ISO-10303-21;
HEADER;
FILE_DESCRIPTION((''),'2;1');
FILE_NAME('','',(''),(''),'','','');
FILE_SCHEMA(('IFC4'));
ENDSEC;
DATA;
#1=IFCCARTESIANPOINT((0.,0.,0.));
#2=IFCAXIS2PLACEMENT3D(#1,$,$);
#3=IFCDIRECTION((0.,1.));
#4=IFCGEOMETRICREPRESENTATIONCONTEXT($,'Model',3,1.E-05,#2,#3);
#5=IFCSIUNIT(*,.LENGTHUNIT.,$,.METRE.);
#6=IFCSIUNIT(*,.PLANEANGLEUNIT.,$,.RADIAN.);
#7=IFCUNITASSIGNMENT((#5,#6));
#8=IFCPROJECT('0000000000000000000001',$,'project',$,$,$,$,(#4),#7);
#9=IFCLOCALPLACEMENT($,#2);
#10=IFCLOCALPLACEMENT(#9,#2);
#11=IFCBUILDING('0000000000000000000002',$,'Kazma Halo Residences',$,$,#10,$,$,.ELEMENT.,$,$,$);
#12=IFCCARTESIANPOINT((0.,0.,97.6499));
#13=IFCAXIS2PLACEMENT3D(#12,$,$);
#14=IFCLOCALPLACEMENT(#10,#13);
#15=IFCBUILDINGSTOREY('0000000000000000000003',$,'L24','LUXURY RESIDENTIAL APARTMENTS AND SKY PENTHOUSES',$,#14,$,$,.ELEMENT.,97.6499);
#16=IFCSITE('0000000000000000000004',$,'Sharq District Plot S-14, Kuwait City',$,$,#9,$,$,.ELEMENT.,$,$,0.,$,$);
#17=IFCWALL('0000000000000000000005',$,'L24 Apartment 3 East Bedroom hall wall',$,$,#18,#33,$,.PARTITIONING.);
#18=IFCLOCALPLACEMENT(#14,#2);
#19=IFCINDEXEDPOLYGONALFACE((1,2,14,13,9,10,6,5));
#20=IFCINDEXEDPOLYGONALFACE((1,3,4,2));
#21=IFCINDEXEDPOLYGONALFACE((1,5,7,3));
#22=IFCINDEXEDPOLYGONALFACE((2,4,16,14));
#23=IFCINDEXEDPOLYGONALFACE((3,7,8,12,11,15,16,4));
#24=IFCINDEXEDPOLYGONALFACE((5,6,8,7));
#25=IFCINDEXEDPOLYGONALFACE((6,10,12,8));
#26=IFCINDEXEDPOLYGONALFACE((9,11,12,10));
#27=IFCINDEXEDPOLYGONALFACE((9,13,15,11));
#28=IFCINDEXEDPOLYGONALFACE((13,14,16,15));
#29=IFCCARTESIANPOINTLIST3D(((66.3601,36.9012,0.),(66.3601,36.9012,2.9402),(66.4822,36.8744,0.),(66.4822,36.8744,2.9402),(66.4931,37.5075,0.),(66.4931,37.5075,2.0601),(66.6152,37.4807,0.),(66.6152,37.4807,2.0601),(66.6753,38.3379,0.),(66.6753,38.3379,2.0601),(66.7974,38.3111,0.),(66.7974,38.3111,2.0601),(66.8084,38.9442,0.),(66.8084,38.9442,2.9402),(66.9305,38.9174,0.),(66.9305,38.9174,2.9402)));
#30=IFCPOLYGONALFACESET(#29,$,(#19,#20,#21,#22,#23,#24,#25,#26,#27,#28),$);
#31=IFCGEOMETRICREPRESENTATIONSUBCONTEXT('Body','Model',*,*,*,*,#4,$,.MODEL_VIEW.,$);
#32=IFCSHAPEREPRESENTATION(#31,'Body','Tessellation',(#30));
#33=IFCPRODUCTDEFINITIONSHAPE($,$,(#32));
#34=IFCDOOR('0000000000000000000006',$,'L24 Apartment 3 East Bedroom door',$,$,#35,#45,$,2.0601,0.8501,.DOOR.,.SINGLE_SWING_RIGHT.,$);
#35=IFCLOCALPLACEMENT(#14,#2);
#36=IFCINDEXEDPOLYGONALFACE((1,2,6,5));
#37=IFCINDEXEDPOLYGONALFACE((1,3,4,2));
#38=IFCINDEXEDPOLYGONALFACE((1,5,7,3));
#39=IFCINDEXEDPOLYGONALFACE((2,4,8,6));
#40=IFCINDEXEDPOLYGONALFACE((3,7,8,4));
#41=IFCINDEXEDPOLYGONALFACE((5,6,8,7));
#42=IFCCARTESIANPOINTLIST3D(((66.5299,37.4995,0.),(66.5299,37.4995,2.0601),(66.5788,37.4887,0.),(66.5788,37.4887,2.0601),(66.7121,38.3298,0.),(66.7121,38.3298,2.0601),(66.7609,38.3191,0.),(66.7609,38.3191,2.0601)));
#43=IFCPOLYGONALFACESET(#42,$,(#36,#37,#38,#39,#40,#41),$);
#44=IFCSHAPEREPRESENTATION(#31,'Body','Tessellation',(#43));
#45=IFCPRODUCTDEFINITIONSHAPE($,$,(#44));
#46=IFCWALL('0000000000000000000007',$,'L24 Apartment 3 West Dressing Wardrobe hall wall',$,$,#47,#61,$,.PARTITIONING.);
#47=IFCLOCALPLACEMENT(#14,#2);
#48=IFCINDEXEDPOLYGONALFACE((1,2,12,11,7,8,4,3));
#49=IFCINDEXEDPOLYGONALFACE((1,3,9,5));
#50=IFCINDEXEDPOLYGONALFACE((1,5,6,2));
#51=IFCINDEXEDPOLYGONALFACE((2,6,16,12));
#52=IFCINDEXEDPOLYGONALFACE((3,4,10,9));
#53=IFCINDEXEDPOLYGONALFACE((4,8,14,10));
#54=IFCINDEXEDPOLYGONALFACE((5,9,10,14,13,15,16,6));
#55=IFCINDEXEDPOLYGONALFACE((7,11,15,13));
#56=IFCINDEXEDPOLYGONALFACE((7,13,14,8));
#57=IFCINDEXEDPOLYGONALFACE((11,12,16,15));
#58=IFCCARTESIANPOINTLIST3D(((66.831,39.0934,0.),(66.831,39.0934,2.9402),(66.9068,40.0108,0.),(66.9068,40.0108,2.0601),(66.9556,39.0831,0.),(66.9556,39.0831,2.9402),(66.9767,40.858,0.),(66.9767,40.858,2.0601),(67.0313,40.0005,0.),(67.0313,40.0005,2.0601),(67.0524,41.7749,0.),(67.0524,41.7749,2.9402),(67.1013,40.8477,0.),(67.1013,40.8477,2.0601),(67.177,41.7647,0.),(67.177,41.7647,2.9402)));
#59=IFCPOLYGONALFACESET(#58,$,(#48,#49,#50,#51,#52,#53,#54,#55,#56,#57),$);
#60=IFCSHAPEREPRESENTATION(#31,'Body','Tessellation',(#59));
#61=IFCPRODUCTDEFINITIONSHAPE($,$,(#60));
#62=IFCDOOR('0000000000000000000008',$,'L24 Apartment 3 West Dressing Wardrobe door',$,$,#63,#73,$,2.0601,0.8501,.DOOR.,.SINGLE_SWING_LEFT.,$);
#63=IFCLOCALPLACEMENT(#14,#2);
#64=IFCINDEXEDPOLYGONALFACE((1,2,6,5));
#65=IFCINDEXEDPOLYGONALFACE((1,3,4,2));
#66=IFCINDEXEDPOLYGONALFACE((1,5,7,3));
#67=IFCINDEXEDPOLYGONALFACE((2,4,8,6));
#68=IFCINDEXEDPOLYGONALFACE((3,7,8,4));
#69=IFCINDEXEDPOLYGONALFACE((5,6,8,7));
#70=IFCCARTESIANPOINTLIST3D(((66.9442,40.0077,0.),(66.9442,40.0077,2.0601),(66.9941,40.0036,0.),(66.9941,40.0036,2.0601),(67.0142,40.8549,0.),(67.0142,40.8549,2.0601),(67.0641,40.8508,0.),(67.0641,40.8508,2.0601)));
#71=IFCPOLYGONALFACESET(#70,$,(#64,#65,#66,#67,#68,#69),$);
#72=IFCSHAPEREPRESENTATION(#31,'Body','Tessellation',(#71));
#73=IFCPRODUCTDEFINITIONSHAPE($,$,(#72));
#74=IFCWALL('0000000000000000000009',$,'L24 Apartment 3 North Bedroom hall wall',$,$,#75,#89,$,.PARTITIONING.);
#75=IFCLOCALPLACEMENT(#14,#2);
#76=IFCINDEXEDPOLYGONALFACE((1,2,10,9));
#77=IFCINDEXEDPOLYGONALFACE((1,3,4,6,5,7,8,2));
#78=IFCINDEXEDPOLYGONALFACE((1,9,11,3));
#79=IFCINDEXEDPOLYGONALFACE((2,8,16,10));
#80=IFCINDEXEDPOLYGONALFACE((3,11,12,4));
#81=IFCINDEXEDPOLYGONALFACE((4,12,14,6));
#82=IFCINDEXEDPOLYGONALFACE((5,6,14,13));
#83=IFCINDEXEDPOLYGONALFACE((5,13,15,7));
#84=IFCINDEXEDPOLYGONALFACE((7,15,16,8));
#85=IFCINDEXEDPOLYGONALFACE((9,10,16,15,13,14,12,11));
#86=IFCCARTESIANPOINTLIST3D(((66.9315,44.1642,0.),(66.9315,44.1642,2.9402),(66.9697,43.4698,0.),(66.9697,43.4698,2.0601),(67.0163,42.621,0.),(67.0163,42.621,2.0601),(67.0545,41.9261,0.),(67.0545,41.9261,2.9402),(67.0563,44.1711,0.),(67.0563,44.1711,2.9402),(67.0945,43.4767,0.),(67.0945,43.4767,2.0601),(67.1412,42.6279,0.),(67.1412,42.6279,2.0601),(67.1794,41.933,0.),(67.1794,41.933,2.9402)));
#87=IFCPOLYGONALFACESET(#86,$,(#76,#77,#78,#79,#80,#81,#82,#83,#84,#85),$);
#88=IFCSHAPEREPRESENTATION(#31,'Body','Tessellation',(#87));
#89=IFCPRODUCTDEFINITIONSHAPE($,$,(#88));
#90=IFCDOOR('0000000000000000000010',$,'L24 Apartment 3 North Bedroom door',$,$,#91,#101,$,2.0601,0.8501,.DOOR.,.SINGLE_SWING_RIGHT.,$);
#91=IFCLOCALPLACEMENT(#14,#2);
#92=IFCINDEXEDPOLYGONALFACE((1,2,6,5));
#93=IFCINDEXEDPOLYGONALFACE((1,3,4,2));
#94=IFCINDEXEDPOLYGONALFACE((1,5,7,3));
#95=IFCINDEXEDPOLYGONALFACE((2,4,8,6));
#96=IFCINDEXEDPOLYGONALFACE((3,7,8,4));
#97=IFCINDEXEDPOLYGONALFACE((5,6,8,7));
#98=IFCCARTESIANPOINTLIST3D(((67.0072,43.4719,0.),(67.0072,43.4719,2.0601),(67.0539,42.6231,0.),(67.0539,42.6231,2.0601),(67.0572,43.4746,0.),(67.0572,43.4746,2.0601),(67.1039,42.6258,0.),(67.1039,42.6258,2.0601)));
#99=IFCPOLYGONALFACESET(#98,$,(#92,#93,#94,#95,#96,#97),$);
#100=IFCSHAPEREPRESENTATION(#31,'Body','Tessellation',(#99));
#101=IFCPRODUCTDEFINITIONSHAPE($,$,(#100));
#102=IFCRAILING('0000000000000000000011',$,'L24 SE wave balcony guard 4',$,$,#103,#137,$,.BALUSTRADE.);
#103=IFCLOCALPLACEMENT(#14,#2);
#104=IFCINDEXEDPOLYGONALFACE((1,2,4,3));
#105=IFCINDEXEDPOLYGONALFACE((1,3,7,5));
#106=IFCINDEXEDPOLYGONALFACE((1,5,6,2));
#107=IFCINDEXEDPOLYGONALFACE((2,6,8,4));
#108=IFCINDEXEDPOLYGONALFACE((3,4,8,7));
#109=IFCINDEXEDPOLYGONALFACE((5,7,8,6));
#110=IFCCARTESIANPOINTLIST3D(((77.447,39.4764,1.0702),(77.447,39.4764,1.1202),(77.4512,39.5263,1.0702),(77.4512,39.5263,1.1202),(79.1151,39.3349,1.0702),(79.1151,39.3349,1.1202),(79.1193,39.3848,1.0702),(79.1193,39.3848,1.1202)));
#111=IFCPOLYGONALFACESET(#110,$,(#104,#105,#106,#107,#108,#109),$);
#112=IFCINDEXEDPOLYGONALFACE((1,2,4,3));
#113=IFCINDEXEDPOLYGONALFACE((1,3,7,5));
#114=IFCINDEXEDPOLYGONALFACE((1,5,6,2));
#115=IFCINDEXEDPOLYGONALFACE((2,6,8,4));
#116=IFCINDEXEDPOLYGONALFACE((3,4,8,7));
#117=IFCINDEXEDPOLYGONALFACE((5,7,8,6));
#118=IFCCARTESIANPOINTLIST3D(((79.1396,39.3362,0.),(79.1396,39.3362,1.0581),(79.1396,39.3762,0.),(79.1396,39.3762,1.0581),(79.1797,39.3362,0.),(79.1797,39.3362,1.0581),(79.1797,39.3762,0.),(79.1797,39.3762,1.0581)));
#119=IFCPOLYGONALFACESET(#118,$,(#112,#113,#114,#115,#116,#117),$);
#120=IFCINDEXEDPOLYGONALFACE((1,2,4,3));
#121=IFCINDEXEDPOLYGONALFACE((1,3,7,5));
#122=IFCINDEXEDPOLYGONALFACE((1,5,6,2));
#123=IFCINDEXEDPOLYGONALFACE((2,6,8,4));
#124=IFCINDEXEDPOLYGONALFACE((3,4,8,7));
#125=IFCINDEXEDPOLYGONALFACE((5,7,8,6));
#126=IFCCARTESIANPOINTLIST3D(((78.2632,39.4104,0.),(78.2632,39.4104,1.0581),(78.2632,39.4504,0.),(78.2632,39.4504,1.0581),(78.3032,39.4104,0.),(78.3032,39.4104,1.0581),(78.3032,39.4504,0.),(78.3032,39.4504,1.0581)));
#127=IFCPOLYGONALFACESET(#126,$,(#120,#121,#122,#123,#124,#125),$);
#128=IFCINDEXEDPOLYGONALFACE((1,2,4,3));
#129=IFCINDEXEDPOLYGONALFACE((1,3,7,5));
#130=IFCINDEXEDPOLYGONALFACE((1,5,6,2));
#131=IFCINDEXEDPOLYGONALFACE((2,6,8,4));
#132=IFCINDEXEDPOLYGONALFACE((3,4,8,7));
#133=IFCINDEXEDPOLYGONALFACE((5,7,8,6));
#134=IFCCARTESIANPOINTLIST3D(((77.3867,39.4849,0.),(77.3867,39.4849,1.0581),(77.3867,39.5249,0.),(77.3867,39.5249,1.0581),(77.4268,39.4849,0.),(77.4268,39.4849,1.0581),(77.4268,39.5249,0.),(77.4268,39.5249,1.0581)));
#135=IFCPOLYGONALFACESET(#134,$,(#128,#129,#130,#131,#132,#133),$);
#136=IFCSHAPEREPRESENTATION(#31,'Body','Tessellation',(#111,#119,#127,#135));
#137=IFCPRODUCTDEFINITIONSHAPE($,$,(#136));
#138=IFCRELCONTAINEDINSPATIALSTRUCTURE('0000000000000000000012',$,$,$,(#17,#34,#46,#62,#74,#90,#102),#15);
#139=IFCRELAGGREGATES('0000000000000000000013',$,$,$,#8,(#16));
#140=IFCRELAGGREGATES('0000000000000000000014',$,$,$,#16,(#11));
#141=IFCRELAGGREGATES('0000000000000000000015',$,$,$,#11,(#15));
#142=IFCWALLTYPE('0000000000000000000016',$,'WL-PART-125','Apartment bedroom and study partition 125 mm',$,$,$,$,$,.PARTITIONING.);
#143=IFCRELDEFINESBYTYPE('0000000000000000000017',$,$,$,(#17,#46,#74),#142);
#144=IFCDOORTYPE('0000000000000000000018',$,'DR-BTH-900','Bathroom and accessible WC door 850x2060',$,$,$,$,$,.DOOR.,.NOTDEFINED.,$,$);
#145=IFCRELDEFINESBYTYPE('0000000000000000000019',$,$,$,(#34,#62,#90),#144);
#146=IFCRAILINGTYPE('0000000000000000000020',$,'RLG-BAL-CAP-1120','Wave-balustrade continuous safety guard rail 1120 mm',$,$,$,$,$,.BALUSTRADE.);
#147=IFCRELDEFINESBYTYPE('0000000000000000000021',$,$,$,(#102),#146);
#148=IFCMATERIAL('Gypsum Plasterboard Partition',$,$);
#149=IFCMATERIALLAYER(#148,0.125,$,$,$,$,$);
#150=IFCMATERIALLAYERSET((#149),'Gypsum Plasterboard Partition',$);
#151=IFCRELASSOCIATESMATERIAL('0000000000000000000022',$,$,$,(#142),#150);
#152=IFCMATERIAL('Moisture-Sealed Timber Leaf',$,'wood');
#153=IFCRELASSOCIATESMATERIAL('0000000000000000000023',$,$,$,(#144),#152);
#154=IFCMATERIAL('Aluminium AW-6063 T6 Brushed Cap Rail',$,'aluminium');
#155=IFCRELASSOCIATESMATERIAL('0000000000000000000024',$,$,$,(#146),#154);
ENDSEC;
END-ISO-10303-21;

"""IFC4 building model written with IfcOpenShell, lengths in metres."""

from ifc_helpers import new_model, si_unit, direction, frame, frame_2d, origin, origin_2d, place, context, subcontext, project, spatial, rectangle, extrude, material, layer, layer_set, type_object, element, fill, save


model = new_model("IFC4")

# Units and contexts
model_context = context("Model", 3, precision=1e-05, world=origin(), true_north=direction((0.0, 1.0)))
body_context = subcontext(model_context, "Body", "Model", "MODEL_VIEW")
ifc_project = project(units=[si_unit("LENGTHUNIT", "METRE"), si_unit("PLANEANGLEUNIT", "RADIAN")], contexts=[model_context])

# Site, building, storey
site_placement = place(None, origin())
site = spatial("IfcSite", under=ifc_project, at=site_placement, Name="Sharq District Plot S-14, Kuwait City", CompositionType="ELEMENT", RefElevation=0.0)
building_placement = place(site_placement, origin())
building = spatial("IfcBuilding", under=site, at=building_placement, Name="Kazma Halo Residences", CompositionType="ELEMENT")
storey_placement = place(building_placement, frame((0.0, 0.0, 97.6499)))
storey = spatial("IfcBuildingStorey", under=building, at=storey_placement, Name="L24", Description="LUXURY RESIDENTIAL APARTMENTS AND SKY PENTHOUSES", CompositionType="ELEMENT", Elevation=97.6499)

# Shared definitions
ifc_material_1 = material(Name="Gypsum Plasterboard Partition")
ifc_layer_1 = layer(ifc_material_1, 0.125)
ifc_layer_set_1 = layer_set([ifc_layer_1], Name="Gypsum Plasterboard Partition")
wall_type_1 = type_object("IfcWallType", Name="WL-PART-125", Description="Apartment bedroom and study partition 125 mm", PredefinedType="PARTITIONING", material=ifc_layer_set_1)

# Shared definitions
ifc_material_2 = material(Name="Moisture-Sealed Timber Leaf", Category="wood")
door_type = type_object("IfcDoorType", Name="DR-BTH-900", Description="Bathroom and accessible WC door 850x2060", OperationType="NOTDEFINED", PredefinedType="DOOR", material=ifc_material_2)

# Walls, openings, doors
wall_1_placement = place(storey_placement, frame((66.4211, 36.8877, 0.0), z_axis=(0.0, 0.0, 1.0), x_axis=(0.21431, 0.976766, 0.0)))
wall_1 = element("IfcWall", 1, at=wall_1_placement, inside=storey, type_object=wall_type_1, Name="L24 Apartment 3 East Bedroom hall wall", PredefinedType="PARTITIONING", context=body_context, shape_type="SweptSolid", body=[
    extrude(rectangle(XDim=2.0916, YDim=0.125, at=frame_2d((1.0459, 0.0))), origin(), (0.0, 0.0, 1.0), 2.9402),
])
opening_1_placement = place(wall_1_placement, frame((0.6208, 0.0, 0.0)))
opening_1 = element("IfcOpeningElement", 2, at=opening_1_placement, cuts=wall_1, PredefinedType="OPENING", context=body_context, shape_type="SweptSolid", body=[
    extrude(rectangle(XDim=0.8501, YDim=2.0601, at=frame_2d((0.425, 1.03))), frame((0.0, 0.0725, 0.0), z_axis=(0.0, -1.0, 0.0), x_axis=(1.0, 0.0, 0.0)), (0.0, 0.0, 1.0), 0.145),
])
door_1_placement = place(opening_1_placement, origin())
door_1 = element("IfcDoor", 3, at=door_1_placement, inside=storey, type_object=door_type, Name="L24 Apartment 3 East Bedroom door", OperationType="SINGLE_SWING_RIGHT", OverallHeight=2.0601, OverallWidth=0.8501, PredefinedType="DOOR", context=body_context, shape_type="SweptSolid", body=[
    extrude(rectangle(XDim=0.8501, YDim=2.0601, at=frame_2d((0.425, 1.03))), frame((0.0, 0.0249, 0.0), z_axis=(0.0, -1.0, 0.0), x_axis=(1.0, 0.0, 0.0)), (0.0, 0.0, 1.0), 0.05),
])
fill(opening_1, door_1)
wall_2_placement = place(storey_placement, frame((66.8933, 39.0884, 0.0), z_axis=(0.0, 0.0, 1.0), x_axis=(0.082295, 0.996608, 0.0)))
wall_2 = element("IfcWall", 4, at=wall_2_placement, inside=storey, type_object=wall_type_1, Name="L24 Apartment 3 West Dressing Wardrobe hall wall", PredefinedType="PARTITIONING", context=body_context, shape_type="SweptSolid", body=[
    extrude(rectangle(XDim=2.6907, YDim=0.125, at=frame_2d((1.3452, 0.0))), origin(), (0.0, 0.0, 1.0), 2.9402),
])
opening_2_placement = place(wall_2_placement, frame((0.9204, 0.0, 0.0)))
opening_2 = element("IfcOpeningElement", 5, at=opening_2_placement, cuts=wall_2, PredefinedType="OPENING", context=body_context, shape_type="SweptSolid", body=[
    extrude(rectangle(XDim=0.8501, YDim=2.0601, at=frame_2d((0.425, 1.03))), frame((0.0, 0.0725, 0.0), z_axis=(0.0, -1.0, 0.0), x_axis=(1.0, 0.0, 0.0)), (0.0, 0.0, 1.0), 0.145),
])
door_2_placement = place(opening_2_placement, origin())
door_2 = element("IfcDoor", 6, at=door_2_placement, inside=storey, type_object=door_type, Name="L24 Apartment 3 West Dressing Wardrobe door", OperationType="SINGLE_SWING_LEFT", OverallHeight=2.0601, OverallWidth=0.8501, PredefinedType="DOOR", context=body_context, shape_type="SweptSolid", body=[
    extrude(rectangle(XDim=0.8501, YDim=2.0601, at=frame_2d((0.425, 1.03))), frame((0.0, 0.0249, 0.0), z_axis=(0.0, -1.0, 0.0), x_axis=(1.0, 0.0, 0.0)), (0.0, 0.0, 1.0), 0.05),
])
fill(opening_2, door_2)
wall_3_placement = place(storey_placement, frame((67.1169, 41.9297, 0.0), z_axis=(0.0, 0.0, 1.0), x_axis=(-0.054897, 0.998492, 0.0)))
wall_3 = element("IfcWall", 7, at=wall_3_placement, inside=storey, type_object=wall_type_1, Name="L24 Apartment 3 North Bedroom hall wall", PredefinedType="PARTITIONING", context=body_context, shape_type="SweptSolid", body=[
    extrude(rectangle(XDim=2.2415, YDim=0.125, at=frame_2d((1.1206, 0.0))), origin(), (0.0, 0.0, 1.0), 2.9402),
])
opening_3_placement = place(wall_3_placement, frame((0.6958, 0.0, 0.0)))
opening_3 = element("IfcOpeningElement", 8, at=opening_3_placement, cuts=wall_3, PredefinedType="OPENING", context=body_context, shape_type="SweptSolid", body=[
    extrude(rectangle(XDim=0.8501, YDim=2.0601, at=frame_2d((0.425, 1.03))), frame((0.0, 0.0725, 0.0), z_axis=(0.0, -1.0, 0.0), x_axis=(1.0, 0.0, 0.0)), (0.0, 0.0, 1.0), 0.145),
])
door_3_placement = place(opening_3_placement, origin())
door_3 = element("IfcDoor", 9, at=door_3_placement, inside=storey, type_object=door_type, Name="L24 Apartment 3 North Bedroom door", OperationType="SINGLE_SWING_RIGHT", OverallHeight=2.0601, OverallWidth=0.8501, PredefinedType="DOOR", context=body_context, shape_type="SweptSolid", body=[
    extrude(rectangle(XDim=0.8501, YDim=2.0601, at=frame_2d((0.425, 1.03))), frame((0.0, 0.0249, 0.0), z_axis=(0.0, -1.0, 0.0), x_axis=(1.0, 0.0, 0.0)), (0.0, 0.0, 1.0), 0.05),
])
fill(opening_3, door_3)

# Railing
ifc_material_3 = material(Name="Aluminium AW-6063 T6 Brushed Cap Rail", Category="aluminium")
railing_type = type_object("IfcRailingType", Name="RLG-BAL-CAP-1120", Description="Wave-balustrade continuous safety guard rail 1120 mm", PredefinedType="BALUSTRADE", material=ifc_material_3)
railing_placement = place(storey_placement, frame((79.1597, 39.3562, 0.0)))
element("IfcRailing", 10, at=railing_placement, inside=storey, type_object=railing_type, Name="L24 SE wave balcony guard 4", PredefinedType="BALUSTRADE", context=body_context, shape_type="SweptSolid", body=[
    extrude(rectangle(XDim=0.05, YDim=0.05, at=origin_2d()), frame((-0.0425, 0.0037, 1.0952), z_axis=(-0.996422, 0.084515, 0.0), x_axis=(-0.084515, -0.996422, 0.0)), (0.0, 0.0, 1.0), 1.6741),
    extrude(rectangle(XDim=0.04, YDim=0.04, at=origin_2d()), origin(), (0.0, 0.0, 1.0), 1.0581),
    extrude(rectangle(XDim=0.04, YDim=0.04, at=origin_2d()), frame((-0.8765, 0.0742, 0.0)), (0.0, 0.0, 1.0), 1.0581),
    extrude(rectangle(XDim=0.04, YDim=0.04, at=origin_2d()), frame((-1.7529, 0.1487, 0.0)), (0.0, 0.0, 1.0), 1.0581),
])

save(model, "model.ifc")
